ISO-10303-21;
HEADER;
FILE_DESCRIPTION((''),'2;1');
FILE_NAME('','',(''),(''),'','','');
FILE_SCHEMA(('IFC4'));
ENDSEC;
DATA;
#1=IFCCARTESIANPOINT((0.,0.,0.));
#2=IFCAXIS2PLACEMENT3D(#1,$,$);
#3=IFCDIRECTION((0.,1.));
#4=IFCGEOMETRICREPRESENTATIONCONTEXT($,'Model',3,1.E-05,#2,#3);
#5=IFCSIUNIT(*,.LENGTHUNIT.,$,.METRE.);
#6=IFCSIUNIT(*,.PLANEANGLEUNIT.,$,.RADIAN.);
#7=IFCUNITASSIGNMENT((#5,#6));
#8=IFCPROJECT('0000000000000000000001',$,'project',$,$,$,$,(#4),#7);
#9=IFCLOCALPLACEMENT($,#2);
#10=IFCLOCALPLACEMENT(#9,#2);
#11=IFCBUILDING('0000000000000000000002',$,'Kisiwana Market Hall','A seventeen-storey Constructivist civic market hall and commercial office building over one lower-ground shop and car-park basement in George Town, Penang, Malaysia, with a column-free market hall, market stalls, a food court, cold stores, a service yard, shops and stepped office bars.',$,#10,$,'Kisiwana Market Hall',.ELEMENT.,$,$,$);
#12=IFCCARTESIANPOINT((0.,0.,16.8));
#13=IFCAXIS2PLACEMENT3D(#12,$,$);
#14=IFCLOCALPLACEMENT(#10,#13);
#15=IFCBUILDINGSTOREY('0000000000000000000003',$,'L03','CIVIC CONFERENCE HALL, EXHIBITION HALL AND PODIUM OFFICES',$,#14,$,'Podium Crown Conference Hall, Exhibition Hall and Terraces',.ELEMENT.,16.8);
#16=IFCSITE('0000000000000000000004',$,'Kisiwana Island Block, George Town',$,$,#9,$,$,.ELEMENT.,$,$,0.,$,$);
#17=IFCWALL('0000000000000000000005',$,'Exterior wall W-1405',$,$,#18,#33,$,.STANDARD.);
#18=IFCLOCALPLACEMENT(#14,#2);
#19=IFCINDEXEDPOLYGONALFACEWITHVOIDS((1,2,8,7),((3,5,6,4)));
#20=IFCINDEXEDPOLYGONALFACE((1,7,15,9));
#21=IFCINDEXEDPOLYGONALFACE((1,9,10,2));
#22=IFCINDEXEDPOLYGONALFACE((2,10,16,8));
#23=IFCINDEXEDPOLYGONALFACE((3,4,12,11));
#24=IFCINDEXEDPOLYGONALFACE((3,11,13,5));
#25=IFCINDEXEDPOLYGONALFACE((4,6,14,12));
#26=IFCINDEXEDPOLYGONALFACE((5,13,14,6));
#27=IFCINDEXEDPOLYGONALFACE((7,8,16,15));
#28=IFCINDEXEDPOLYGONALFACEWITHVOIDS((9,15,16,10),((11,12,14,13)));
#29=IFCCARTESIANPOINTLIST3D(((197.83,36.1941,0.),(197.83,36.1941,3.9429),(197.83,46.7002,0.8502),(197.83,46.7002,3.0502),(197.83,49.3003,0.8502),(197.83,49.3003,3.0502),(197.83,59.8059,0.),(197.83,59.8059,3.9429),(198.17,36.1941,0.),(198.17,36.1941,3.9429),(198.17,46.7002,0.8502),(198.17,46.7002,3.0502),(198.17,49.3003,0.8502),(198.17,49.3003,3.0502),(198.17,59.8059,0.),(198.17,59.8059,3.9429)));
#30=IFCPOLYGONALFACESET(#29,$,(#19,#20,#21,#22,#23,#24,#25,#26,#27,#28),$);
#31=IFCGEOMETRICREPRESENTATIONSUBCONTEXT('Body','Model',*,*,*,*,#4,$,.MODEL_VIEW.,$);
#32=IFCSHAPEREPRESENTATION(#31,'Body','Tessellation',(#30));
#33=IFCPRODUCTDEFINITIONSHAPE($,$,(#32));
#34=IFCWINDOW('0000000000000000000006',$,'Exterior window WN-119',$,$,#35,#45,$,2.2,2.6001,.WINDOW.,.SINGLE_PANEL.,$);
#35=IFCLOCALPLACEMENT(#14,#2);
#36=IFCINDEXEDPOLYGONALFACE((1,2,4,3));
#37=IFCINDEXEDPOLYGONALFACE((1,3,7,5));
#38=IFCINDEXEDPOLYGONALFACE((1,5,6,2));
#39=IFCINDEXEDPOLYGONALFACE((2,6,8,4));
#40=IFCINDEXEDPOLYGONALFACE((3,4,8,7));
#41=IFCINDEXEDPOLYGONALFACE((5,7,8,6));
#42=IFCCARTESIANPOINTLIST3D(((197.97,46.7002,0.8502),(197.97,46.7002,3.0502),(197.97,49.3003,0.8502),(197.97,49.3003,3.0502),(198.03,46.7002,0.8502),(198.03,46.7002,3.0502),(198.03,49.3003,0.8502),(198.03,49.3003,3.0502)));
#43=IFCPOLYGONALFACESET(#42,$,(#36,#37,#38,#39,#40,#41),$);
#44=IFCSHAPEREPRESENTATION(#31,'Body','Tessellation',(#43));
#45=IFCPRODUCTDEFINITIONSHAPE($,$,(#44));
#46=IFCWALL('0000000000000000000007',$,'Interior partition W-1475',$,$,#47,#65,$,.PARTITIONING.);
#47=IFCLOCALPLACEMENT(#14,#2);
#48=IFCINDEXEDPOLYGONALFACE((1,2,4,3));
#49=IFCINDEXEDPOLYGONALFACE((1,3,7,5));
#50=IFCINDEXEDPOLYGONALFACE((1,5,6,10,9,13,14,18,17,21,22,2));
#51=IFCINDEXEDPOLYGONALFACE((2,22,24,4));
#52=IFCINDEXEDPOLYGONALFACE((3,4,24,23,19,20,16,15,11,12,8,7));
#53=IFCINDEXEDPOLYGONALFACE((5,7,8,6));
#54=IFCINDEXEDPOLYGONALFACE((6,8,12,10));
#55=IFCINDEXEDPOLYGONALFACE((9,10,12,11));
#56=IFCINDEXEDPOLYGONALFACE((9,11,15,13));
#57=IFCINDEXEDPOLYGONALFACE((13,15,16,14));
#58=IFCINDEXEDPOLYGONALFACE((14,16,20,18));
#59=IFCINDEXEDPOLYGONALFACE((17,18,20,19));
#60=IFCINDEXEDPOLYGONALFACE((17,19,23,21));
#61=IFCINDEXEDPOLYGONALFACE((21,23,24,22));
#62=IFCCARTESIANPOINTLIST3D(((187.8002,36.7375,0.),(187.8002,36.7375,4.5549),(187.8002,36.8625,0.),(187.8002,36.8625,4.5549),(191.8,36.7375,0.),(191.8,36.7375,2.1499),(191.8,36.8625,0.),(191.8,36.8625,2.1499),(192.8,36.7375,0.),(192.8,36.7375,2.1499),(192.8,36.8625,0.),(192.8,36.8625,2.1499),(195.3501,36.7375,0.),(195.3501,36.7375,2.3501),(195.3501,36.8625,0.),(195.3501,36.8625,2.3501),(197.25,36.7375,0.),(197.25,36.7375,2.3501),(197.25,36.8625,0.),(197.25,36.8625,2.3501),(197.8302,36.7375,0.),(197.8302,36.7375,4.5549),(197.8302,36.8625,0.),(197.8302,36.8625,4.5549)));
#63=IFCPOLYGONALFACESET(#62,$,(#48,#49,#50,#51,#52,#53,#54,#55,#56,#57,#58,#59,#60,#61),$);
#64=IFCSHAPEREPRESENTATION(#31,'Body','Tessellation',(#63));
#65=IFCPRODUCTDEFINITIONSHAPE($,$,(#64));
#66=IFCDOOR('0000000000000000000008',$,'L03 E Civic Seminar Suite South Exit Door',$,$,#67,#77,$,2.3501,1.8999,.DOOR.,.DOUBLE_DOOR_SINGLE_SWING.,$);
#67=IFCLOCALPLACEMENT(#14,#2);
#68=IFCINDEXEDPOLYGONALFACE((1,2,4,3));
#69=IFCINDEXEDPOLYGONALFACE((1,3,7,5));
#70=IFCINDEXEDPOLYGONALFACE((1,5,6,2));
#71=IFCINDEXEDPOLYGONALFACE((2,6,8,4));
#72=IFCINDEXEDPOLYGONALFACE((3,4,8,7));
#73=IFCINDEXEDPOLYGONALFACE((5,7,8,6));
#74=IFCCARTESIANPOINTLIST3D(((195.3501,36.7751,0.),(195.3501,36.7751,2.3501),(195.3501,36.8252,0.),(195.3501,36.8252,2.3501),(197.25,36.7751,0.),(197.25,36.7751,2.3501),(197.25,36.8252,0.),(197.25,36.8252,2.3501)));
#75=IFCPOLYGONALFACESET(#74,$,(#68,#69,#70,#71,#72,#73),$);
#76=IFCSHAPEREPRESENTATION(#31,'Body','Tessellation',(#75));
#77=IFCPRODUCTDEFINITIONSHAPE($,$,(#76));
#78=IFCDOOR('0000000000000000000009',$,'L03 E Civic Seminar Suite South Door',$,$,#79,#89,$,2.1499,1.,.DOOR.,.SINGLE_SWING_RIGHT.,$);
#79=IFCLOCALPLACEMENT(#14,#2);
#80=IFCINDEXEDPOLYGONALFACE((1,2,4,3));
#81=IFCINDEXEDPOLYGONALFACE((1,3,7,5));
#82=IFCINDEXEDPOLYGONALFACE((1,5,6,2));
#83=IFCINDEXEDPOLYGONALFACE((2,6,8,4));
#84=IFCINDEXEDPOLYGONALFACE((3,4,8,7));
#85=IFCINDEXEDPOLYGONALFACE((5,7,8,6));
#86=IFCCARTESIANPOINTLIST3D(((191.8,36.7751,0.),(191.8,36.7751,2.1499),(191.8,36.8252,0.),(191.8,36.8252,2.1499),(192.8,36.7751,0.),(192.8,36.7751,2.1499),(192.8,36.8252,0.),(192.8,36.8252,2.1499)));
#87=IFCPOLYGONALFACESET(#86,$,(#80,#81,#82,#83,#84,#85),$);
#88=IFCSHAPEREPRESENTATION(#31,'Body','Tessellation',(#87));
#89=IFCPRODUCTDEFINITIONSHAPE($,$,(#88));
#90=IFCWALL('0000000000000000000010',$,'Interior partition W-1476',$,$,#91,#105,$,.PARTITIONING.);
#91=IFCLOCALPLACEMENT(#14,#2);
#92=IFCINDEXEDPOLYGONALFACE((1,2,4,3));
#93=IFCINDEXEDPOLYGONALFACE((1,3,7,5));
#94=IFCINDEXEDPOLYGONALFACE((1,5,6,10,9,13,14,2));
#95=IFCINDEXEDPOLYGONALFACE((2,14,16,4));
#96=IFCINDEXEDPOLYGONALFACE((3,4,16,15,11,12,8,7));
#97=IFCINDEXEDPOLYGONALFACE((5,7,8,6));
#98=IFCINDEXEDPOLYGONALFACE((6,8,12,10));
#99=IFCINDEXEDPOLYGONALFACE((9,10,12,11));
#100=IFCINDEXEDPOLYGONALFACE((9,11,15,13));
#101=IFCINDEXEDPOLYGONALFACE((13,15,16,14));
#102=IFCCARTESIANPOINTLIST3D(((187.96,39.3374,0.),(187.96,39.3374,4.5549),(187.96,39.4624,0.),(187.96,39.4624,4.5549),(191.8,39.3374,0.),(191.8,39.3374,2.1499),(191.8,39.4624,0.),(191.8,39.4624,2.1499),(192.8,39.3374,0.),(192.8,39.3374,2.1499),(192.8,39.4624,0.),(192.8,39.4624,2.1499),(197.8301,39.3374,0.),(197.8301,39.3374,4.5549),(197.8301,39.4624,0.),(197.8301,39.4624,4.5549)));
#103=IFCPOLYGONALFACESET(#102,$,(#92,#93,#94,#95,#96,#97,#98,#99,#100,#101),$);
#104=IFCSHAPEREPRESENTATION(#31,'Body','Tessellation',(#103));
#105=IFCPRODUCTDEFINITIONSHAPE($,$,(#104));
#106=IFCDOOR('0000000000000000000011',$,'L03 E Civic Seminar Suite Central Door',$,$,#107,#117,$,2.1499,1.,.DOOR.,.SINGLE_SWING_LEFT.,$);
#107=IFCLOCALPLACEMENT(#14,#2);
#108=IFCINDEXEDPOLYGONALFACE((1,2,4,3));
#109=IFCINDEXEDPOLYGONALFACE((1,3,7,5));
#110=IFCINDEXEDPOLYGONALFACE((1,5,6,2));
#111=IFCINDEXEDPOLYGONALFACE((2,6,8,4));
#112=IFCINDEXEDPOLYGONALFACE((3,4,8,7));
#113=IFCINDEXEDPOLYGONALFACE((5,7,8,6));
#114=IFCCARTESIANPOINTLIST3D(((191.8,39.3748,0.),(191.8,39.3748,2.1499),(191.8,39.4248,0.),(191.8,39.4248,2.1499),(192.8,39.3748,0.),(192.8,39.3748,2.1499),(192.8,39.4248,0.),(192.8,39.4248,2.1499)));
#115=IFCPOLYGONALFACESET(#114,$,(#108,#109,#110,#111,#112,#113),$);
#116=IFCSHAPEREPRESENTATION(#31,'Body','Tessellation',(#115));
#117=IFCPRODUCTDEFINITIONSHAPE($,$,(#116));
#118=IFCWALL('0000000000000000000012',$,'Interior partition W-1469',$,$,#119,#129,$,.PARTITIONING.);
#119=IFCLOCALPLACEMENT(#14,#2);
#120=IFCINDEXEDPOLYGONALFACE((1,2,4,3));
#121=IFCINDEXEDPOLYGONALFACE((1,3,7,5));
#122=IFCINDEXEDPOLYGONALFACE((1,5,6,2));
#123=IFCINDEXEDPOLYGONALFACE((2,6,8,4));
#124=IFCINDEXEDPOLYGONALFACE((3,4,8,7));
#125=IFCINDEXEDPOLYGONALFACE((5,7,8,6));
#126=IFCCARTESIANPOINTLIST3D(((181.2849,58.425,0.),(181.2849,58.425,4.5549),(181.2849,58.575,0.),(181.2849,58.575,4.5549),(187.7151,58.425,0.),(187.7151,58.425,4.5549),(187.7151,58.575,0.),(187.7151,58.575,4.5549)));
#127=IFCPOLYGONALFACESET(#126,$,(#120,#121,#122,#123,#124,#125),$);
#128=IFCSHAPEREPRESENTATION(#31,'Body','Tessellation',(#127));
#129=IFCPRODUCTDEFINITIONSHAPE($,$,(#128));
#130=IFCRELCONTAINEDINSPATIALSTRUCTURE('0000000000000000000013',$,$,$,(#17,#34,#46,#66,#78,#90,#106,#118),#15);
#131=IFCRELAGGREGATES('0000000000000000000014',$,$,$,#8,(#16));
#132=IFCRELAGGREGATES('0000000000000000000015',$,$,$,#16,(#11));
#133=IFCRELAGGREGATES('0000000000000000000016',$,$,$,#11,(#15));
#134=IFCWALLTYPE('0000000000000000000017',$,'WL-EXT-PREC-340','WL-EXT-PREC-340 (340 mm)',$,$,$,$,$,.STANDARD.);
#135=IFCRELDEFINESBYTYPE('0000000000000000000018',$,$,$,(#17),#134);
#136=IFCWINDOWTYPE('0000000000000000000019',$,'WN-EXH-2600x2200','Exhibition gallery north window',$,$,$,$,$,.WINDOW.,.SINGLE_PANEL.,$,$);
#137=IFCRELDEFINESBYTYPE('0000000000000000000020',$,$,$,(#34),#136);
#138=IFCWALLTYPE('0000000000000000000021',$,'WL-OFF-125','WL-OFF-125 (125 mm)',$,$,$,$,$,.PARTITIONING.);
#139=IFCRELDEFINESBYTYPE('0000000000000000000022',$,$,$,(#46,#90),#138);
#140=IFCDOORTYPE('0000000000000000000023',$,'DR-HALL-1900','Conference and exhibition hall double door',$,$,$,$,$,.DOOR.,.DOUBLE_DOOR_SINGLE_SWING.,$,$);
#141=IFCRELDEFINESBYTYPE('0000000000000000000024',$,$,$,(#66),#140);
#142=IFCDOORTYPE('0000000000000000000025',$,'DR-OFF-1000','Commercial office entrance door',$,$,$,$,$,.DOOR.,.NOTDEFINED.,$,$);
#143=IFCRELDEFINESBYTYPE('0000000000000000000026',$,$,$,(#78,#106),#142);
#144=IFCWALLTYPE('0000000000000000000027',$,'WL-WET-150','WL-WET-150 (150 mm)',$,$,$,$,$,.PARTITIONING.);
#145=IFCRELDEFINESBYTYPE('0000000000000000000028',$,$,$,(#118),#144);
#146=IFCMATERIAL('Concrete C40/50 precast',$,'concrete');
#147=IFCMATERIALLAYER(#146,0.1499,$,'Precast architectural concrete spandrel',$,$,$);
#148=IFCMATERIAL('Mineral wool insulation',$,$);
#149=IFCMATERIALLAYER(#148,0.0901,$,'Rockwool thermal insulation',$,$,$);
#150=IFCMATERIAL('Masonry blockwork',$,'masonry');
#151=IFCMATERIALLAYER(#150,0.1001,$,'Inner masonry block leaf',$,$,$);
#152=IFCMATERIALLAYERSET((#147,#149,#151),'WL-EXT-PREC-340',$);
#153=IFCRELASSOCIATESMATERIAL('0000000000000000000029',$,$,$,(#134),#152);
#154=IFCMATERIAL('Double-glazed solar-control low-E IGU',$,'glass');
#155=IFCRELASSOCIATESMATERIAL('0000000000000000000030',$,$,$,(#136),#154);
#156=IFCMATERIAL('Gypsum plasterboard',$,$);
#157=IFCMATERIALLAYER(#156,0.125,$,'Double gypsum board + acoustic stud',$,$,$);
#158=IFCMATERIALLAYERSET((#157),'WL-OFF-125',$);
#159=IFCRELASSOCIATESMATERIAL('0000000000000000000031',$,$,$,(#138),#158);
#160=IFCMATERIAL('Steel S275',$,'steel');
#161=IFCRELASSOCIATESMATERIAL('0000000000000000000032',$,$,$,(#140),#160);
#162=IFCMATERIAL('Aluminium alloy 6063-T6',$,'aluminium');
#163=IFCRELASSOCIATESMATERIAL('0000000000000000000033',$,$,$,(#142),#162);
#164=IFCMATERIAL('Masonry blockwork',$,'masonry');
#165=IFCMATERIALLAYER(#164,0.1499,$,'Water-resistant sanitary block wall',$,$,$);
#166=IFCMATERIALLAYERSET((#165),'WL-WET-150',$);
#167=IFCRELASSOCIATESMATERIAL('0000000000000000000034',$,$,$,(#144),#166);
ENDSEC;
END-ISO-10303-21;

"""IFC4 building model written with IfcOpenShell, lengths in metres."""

from ifc_helpers import new_model, si_unit, direction, frame, frame_2d, origin, place, context, subcontext, project, spatial, rectangle, extrude, material, layer, layer_set, type_object, element, fill, save


model = new_model("IFC4")

# Units and contexts
model_context = context("Model", 3, precision=1e-05, world=origin(), true_north=direction((0.0, 1.0)))
body_context = subcontext(model_context, "Body", "Model", "MODEL_VIEW")
ifc_project = project(units=[si_unit("LENGTHUNIT", "METRE"), si_unit("PLANEANGLEUNIT", "RADIAN")], contexts=[model_context])

# Site, building, storey
site_placement = place(None, origin())
site = spatial("IfcSite", under=ifc_project, at=site_placement, Name="Kisiwana Island Block, George Town", CompositionType="ELEMENT", RefElevation=0.0)
building_placement = place(site_placement, origin())
building = spatial("IfcBuilding", under=site, at=building_placement, Name="Kisiwana Market Hall", Description="A seventeen-storey Constructivist civic market hall and commercial office building over one lower-ground shop and car-park basement in George Town, Penang, Malaysia, with a column-free market hall, market stalls, a food court, cold stores, a service yard, shops and stepped office bars.", LongName="Kisiwana Market Hall", CompositionType="ELEMENT")
storey_placement = place(building_placement, frame((0.0, 0.0, 16.8)))
storey = spatial("IfcBuildingStorey", under=building, at=storey_placement, Name="L03", Description="CIVIC CONFERENCE HALL, EXHIBITION HALL AND PODIUM OFFICES", LongName="Podium Crown Conference Hall, Exhibition Hall and Terraces", CompositionType="ELEMENT", Elevation=16.8)

# Wall, opening, window
ifc_material_1 = material(Name="Concrete C40/50 precast", Category="concrete")
ifc_layer_1 = layer(ifc_material_1, 0.1499, Name="Precast architectural concrete spandrel")
ifc_material_2 = material(Name="Mineral wool insulation")
ifc_layer_2 = layer(ifc_material_2, 0.0901, Name="Rockwool thermal insulation")
ifc_material_3 = material(Name="Masonry blockwork", Category="masonry")
ifc_layer_3 = layer(ifc_material_3, 0.1001, Name="Inner masonry block leaf")
ifc_layer_set_1 = layer_set([ifc_layer_1, ifc_layer_2, ifc_layer_3], Name="WL-EXT-PREC-340")
wall_type_1 = type_object("IfcWallType", Name="WL-EXT-PREC-340", Description="WL-EXT-PREC-340 (340 mm)", PredefinedType="STANDARD", material=ifc_layer_set_1)
wall_1_placement = place(storey_placement, frame((198.0, 36.1941, 0.0), z_axis=(0.0, 0.0, 1.0), x_axis=(0.0, 1.0, 0.0)))
wall_1 = element("IfcWall", 1, at=wall_1_placement, inside=storey, type_object=wall_type_1, Name="Exterior wall W-1405", PredefinedType="STANDARD", context=body_context, shape_type="SweptSolid", body=[
    extrude(rectangle(XDim=23.6118, YDim=0.3401, at=frame_2d((11.8059, 0.0))), origin(), (0.0, 0.0, 1.0), 3.9429),
])
opening_1_placement = place(wall_1_placement, frame((10.5061, 0.0, 0.8501)))
opening_1 = element("IfcOpeningElement", 2, at=opening_1_placement, cuts=wall_1, PredefinedType="OPENING", context=body_context, shape_type="SweptSolid", body=[
    extrude(rectangle(XDim=2.6001, YDim=2.2, at=frame_2d((1.3, 1.1001))), frame((0.0, 0.1821, 0.0), z_axis=(0.0, -1.0, 0.0), x_axis=(1.0, 0.0, 0.0)), (0.0, 0.0, 1.0), 0.364),
])
ifc_material_4 = material(Name="Double-glazed solar-control low-E IGU", Category="glass")
window_type = type_object("IfcWindowType", Name="WN-EXH-2600x2200", Description="Exhibition gallery north window", PartitioningType="SINGLE_PANEL", PredefinedType="WINDOW", material=ifc_material_4)
window_placement = place(opening_1_placement, origin())
window = element("IfcWindow", 3, at=window_placement, inside=storey, type_object=window_type, Name="Exterior window WN-119", OverallHeight=2.2, OverallWidth=2.6001, PartitioningType="SINGLE_PANEL", PredefinedType="WINDOW", context=body_context, shape_type="SweptSolid", body=[
    extrude(rectangle(XDim=2.6001, YDim=2.2, at=frame_2d((1.3, 1.1001))), frame((0.0, 0.03, 0.0), z_axis=(0.0, -1.0, 0.0), x_axis=(1.0, 0.0, 0.0)), (0.0, 0.0, 1.0), 0.0601),
])
fill(opening_1, window)

# Wall, openings, doors
ifc_material_5 = material(Name="Gypsum plasterboard")
ifc_layer_4 = layer(ifc_material_5, 0.125, Name="Double gypsum board + acoustic stud")
ifc_layer_set_2 = layer_set([ifc_layer_4], Name="WL-OFF-125")
wall_type_2 = type_object("IfcWallType", Name="WL-OFF-125", Description="WL-OFF-125 (125 mm)", PredefinedType="PARTITIONING", material=ifc_layer_set_2)
wall_2_placement = place(storey_placement, frame((187.8, 36.8, 0.0), z_axis=(0.0, 0.0, 1.0), x_axis=(1.0, 0.0, 0.0)))
wall_2 = element("IfcWall", 4, at=wall_2_placement, inside=storey, type_object=wall_type_2, Name="Interior partition W-1475", PredefinedType="PARTITIONING", context=body_context, shape_type="SweptSolid", body=[
    extrude(rectangle(XDim=10.03, YDim=0.125, at=frame_2d((5.0151, 0.0))), origin(), (0.0, 0.0, 1.0), 4.5549),
])
opening_2_placement = place(wall_2_placement, frame((4.0, 0.0, 0.0)))
opening_2 = element("IfcOpeningElement", 5, at=opening_2_placement, cuts=wall_2, PredefinedType="OPENING", context=body_context, shape_type="SweptSolid", body=[
    extrude(rectangle(XDim=1.0, YDim=2.1499, at=frame_2d((0.5, 1.075))), frame((0.0, 0.0745, 0.0), z_axis=(0.0, -1.0, 0.0), x_axis=(1.0, 0.0, 0.0)), (0.0, 0.0, 1.0), 0.1489),
])
opening_3_placement = place(wall_2_placement, frame((7.55, 0.0, 0.0)))
opening_3 = element("IfcOpeningElement", 6, at=opening_3_placement, cuts=wall_2, PredefinedType="OPENING", context=body_context, shape_type="SweptSolid", body=[
    extrude(rectangle(XDim=1.8999, YDim=2.3501, at=frame_2d((0.95, 1.175))), frame((0.0, 0.0745, 0.0), z_axis=(0.0, -1.0, 0.0), x_axis=(1.0, 0.0, 0.0)), (0.0, 0.0, 1.0), 0.1489),
])
ifc_material_6 = material(Name="Steel S275", Category="steel")
door_type_1 = type_object("IfcDoorType", Name="DR-HALL-1900", Description="Conference and exhibition hall double door", OperationType="DOUBLE_DOOR_SINGLE_SWING", PredefinedType="DOOR", material=ifc_material_6)
door_1_placement = place(opening_3_placement, frame((1.8999, 0.0, 0.0), z_axis=(0.0, 0.0, 1.0), x_axis=(-1.0, 0.0, 0.0)))
door_1 = element("IfcDoor", 7, at=door_1_placement, inside=storey, type_object=door_type_1, Name="L03 E Civic Seminar Suite South Exit Door", OperationType="DOUBLE_DOOR_SINGLE_SWING", OverallHeight=2.3501, OverallWidth=1.8999, PredefinedType="DOOR", context=body_context, shape_type="SweptSolid", body=[
    extrude(rectangle(XDim=1.8999, YDim=2.3501, at=frame_2d((0.95, 1.175))), frame((0.0, 0.0249, 0.0), z_axis=(0.0, -1.0, 0.0), x_axis=(1.0, 0.0, 0.0)), (0.0, 0.0, 1.0), 0.05),
])
fill(opening_3, door_1)
ifc_material_7 = material(Name="Aluminium alloy 6063-T6", Category="aluminium")
door_type_2 = type_object("IfcDoorType", Name="DR-OFF-1000", Description="Commercial office entrance door", OperationType="NOTDEFINED", PredefinedType="DOOR", material=ifc_material_7)
door_2_placement = place(opening_2_placement, frame((1.0, 0.0, 0.0), z_axis=(0.0, 0.0, 1.0), x_axis=(-1.0, 0.0, 0.0)))
door_2 = element("IfcDoor", 8, at=door_2_placement, inside=storey, type_object=door_type_2, Name="L03 E Civic Seminar Suite South Door", OperationType="SINGLE_SWING_RIGHT", OverallHeight=2.1499, OverallWidth=1.0, PredefinedType="DOOR", context=body_context, shape_type="SweptSolid", body=[
    extrude(rectangle(XDim=1.0, YDim=2.1499, at=frame_2d((0.5, 1.075))), frame((0.0, 0.0249, 0.0), z_axis=(0.0, -1.0, 0.0), x_axis=(1.0, 0.0, 0.0)), (0.0, 0.0, 1.0), 0.05),
])
fill(opening_2, door_2)

# Wall, opening, door
wall_3_placement = place(storey_placement, frame((187.96, 39.3999, 0.0), z_axis=(0.0, 0.0, 1.0), x_axis=(1.0, 0.0, 0.0)))
wall_3 = element("IfcWall", 9, at=wall_3_placement, inside=storey, type_object=wall_type_2, Name="Interior partition W-1476", PredefinedType="PARTITIONING", context=body_context, shape_type="SweptSolid", body=[
    extrude(rectangle(XDim=9.8701, YDim=0.125, at=frame_2d((4.9351, 0.0))), origin(), (0.0, 0.0, 1.0), 4.5549),
])
opening_4_placement = place(wall_3_placement, frame((3.8401, 0.0, 0.0)))
opening_4 = element("IfcOpeningElement", 10, at=opening_4_placement, cuts=wall_3, PredefinedType="OPENING", context=body_context, shape_type="SweptSolid", body=[
    extrude(rectangle(XDim=1.0, YDim=2.1499, at=frame_2d((0.5, 1.075))), frame((0.0, 0.0745, 0.0), z_axis=(0.0, -1.0, 0.0), x_axis=(1.0, 0.0, 0.0)), (0.0, 0.0, 1.0), 0.1489),
])
door_3_placement = place(opening_4_placement, origin())
door_3 = element("IfcDoor", 11, at=door_3_placement, inside=storey, type_object=door_type_2, Name="L03 E Civic Seminar Suite Central Door", OperationType="SINGLE_SWING_LEFT", OverallHeight=2.1499, OverallWidth=1.0, PredefinedType="DOOR", context=body_context, shape_type="SweptSolid", body=[
    extrude(rectangle(XDim=1.0, YDim=2.1499, at=frame_2d((0.5, 1.075))), frame((0.0, 0.0249, 0.0), z_axis=(0.0, -1.0, 0.0), x_axis=(1.0, 0.0, 0.0)), (0.0, 0.0, 1.0), 0.05),
])
fill(opening_4, door_3)

# Wall
ifc_material_8 = material(Name="Masonry blockwork", Category="masonry")
ifc_layer_5 = layer(ifc_material_8, 0.1499, Name="Water-resistant sanitary block wall")
ifc_layer_set_3 = layer_set([ifc_layer_5], Name="WL-WET-150")
wall_type_3 = type_object("IfcWallType", Name="WL-WET-150", Description="WL-WET-150 (150 mm)", PredefinedType="PARTITIONING", material=ifc_layer_set_3)
wall_4_placement = place(storey_placement, frame((181.2849, 58.5, 0.0), z_axis=(0.0, 0.0, 1.0), x_axis=(1.0, 0.0, 0.0)))
element("IfcWall", 12, at=wall_4_placement, inside=storey, type_object=wall_type_3, Name="Interior partition W-1469", PredefinedType="PARTITIONING", context=body_context, shape_type="SweptSolid", body=[
    extrude(rectangle(XDim=6.4302, YDim=0.1499, at=frame_2d((3.2151, 0.0))), origin(), (0.0, 0.0, 1.0), 4.5549),
])

save(model, "model.ifc")
